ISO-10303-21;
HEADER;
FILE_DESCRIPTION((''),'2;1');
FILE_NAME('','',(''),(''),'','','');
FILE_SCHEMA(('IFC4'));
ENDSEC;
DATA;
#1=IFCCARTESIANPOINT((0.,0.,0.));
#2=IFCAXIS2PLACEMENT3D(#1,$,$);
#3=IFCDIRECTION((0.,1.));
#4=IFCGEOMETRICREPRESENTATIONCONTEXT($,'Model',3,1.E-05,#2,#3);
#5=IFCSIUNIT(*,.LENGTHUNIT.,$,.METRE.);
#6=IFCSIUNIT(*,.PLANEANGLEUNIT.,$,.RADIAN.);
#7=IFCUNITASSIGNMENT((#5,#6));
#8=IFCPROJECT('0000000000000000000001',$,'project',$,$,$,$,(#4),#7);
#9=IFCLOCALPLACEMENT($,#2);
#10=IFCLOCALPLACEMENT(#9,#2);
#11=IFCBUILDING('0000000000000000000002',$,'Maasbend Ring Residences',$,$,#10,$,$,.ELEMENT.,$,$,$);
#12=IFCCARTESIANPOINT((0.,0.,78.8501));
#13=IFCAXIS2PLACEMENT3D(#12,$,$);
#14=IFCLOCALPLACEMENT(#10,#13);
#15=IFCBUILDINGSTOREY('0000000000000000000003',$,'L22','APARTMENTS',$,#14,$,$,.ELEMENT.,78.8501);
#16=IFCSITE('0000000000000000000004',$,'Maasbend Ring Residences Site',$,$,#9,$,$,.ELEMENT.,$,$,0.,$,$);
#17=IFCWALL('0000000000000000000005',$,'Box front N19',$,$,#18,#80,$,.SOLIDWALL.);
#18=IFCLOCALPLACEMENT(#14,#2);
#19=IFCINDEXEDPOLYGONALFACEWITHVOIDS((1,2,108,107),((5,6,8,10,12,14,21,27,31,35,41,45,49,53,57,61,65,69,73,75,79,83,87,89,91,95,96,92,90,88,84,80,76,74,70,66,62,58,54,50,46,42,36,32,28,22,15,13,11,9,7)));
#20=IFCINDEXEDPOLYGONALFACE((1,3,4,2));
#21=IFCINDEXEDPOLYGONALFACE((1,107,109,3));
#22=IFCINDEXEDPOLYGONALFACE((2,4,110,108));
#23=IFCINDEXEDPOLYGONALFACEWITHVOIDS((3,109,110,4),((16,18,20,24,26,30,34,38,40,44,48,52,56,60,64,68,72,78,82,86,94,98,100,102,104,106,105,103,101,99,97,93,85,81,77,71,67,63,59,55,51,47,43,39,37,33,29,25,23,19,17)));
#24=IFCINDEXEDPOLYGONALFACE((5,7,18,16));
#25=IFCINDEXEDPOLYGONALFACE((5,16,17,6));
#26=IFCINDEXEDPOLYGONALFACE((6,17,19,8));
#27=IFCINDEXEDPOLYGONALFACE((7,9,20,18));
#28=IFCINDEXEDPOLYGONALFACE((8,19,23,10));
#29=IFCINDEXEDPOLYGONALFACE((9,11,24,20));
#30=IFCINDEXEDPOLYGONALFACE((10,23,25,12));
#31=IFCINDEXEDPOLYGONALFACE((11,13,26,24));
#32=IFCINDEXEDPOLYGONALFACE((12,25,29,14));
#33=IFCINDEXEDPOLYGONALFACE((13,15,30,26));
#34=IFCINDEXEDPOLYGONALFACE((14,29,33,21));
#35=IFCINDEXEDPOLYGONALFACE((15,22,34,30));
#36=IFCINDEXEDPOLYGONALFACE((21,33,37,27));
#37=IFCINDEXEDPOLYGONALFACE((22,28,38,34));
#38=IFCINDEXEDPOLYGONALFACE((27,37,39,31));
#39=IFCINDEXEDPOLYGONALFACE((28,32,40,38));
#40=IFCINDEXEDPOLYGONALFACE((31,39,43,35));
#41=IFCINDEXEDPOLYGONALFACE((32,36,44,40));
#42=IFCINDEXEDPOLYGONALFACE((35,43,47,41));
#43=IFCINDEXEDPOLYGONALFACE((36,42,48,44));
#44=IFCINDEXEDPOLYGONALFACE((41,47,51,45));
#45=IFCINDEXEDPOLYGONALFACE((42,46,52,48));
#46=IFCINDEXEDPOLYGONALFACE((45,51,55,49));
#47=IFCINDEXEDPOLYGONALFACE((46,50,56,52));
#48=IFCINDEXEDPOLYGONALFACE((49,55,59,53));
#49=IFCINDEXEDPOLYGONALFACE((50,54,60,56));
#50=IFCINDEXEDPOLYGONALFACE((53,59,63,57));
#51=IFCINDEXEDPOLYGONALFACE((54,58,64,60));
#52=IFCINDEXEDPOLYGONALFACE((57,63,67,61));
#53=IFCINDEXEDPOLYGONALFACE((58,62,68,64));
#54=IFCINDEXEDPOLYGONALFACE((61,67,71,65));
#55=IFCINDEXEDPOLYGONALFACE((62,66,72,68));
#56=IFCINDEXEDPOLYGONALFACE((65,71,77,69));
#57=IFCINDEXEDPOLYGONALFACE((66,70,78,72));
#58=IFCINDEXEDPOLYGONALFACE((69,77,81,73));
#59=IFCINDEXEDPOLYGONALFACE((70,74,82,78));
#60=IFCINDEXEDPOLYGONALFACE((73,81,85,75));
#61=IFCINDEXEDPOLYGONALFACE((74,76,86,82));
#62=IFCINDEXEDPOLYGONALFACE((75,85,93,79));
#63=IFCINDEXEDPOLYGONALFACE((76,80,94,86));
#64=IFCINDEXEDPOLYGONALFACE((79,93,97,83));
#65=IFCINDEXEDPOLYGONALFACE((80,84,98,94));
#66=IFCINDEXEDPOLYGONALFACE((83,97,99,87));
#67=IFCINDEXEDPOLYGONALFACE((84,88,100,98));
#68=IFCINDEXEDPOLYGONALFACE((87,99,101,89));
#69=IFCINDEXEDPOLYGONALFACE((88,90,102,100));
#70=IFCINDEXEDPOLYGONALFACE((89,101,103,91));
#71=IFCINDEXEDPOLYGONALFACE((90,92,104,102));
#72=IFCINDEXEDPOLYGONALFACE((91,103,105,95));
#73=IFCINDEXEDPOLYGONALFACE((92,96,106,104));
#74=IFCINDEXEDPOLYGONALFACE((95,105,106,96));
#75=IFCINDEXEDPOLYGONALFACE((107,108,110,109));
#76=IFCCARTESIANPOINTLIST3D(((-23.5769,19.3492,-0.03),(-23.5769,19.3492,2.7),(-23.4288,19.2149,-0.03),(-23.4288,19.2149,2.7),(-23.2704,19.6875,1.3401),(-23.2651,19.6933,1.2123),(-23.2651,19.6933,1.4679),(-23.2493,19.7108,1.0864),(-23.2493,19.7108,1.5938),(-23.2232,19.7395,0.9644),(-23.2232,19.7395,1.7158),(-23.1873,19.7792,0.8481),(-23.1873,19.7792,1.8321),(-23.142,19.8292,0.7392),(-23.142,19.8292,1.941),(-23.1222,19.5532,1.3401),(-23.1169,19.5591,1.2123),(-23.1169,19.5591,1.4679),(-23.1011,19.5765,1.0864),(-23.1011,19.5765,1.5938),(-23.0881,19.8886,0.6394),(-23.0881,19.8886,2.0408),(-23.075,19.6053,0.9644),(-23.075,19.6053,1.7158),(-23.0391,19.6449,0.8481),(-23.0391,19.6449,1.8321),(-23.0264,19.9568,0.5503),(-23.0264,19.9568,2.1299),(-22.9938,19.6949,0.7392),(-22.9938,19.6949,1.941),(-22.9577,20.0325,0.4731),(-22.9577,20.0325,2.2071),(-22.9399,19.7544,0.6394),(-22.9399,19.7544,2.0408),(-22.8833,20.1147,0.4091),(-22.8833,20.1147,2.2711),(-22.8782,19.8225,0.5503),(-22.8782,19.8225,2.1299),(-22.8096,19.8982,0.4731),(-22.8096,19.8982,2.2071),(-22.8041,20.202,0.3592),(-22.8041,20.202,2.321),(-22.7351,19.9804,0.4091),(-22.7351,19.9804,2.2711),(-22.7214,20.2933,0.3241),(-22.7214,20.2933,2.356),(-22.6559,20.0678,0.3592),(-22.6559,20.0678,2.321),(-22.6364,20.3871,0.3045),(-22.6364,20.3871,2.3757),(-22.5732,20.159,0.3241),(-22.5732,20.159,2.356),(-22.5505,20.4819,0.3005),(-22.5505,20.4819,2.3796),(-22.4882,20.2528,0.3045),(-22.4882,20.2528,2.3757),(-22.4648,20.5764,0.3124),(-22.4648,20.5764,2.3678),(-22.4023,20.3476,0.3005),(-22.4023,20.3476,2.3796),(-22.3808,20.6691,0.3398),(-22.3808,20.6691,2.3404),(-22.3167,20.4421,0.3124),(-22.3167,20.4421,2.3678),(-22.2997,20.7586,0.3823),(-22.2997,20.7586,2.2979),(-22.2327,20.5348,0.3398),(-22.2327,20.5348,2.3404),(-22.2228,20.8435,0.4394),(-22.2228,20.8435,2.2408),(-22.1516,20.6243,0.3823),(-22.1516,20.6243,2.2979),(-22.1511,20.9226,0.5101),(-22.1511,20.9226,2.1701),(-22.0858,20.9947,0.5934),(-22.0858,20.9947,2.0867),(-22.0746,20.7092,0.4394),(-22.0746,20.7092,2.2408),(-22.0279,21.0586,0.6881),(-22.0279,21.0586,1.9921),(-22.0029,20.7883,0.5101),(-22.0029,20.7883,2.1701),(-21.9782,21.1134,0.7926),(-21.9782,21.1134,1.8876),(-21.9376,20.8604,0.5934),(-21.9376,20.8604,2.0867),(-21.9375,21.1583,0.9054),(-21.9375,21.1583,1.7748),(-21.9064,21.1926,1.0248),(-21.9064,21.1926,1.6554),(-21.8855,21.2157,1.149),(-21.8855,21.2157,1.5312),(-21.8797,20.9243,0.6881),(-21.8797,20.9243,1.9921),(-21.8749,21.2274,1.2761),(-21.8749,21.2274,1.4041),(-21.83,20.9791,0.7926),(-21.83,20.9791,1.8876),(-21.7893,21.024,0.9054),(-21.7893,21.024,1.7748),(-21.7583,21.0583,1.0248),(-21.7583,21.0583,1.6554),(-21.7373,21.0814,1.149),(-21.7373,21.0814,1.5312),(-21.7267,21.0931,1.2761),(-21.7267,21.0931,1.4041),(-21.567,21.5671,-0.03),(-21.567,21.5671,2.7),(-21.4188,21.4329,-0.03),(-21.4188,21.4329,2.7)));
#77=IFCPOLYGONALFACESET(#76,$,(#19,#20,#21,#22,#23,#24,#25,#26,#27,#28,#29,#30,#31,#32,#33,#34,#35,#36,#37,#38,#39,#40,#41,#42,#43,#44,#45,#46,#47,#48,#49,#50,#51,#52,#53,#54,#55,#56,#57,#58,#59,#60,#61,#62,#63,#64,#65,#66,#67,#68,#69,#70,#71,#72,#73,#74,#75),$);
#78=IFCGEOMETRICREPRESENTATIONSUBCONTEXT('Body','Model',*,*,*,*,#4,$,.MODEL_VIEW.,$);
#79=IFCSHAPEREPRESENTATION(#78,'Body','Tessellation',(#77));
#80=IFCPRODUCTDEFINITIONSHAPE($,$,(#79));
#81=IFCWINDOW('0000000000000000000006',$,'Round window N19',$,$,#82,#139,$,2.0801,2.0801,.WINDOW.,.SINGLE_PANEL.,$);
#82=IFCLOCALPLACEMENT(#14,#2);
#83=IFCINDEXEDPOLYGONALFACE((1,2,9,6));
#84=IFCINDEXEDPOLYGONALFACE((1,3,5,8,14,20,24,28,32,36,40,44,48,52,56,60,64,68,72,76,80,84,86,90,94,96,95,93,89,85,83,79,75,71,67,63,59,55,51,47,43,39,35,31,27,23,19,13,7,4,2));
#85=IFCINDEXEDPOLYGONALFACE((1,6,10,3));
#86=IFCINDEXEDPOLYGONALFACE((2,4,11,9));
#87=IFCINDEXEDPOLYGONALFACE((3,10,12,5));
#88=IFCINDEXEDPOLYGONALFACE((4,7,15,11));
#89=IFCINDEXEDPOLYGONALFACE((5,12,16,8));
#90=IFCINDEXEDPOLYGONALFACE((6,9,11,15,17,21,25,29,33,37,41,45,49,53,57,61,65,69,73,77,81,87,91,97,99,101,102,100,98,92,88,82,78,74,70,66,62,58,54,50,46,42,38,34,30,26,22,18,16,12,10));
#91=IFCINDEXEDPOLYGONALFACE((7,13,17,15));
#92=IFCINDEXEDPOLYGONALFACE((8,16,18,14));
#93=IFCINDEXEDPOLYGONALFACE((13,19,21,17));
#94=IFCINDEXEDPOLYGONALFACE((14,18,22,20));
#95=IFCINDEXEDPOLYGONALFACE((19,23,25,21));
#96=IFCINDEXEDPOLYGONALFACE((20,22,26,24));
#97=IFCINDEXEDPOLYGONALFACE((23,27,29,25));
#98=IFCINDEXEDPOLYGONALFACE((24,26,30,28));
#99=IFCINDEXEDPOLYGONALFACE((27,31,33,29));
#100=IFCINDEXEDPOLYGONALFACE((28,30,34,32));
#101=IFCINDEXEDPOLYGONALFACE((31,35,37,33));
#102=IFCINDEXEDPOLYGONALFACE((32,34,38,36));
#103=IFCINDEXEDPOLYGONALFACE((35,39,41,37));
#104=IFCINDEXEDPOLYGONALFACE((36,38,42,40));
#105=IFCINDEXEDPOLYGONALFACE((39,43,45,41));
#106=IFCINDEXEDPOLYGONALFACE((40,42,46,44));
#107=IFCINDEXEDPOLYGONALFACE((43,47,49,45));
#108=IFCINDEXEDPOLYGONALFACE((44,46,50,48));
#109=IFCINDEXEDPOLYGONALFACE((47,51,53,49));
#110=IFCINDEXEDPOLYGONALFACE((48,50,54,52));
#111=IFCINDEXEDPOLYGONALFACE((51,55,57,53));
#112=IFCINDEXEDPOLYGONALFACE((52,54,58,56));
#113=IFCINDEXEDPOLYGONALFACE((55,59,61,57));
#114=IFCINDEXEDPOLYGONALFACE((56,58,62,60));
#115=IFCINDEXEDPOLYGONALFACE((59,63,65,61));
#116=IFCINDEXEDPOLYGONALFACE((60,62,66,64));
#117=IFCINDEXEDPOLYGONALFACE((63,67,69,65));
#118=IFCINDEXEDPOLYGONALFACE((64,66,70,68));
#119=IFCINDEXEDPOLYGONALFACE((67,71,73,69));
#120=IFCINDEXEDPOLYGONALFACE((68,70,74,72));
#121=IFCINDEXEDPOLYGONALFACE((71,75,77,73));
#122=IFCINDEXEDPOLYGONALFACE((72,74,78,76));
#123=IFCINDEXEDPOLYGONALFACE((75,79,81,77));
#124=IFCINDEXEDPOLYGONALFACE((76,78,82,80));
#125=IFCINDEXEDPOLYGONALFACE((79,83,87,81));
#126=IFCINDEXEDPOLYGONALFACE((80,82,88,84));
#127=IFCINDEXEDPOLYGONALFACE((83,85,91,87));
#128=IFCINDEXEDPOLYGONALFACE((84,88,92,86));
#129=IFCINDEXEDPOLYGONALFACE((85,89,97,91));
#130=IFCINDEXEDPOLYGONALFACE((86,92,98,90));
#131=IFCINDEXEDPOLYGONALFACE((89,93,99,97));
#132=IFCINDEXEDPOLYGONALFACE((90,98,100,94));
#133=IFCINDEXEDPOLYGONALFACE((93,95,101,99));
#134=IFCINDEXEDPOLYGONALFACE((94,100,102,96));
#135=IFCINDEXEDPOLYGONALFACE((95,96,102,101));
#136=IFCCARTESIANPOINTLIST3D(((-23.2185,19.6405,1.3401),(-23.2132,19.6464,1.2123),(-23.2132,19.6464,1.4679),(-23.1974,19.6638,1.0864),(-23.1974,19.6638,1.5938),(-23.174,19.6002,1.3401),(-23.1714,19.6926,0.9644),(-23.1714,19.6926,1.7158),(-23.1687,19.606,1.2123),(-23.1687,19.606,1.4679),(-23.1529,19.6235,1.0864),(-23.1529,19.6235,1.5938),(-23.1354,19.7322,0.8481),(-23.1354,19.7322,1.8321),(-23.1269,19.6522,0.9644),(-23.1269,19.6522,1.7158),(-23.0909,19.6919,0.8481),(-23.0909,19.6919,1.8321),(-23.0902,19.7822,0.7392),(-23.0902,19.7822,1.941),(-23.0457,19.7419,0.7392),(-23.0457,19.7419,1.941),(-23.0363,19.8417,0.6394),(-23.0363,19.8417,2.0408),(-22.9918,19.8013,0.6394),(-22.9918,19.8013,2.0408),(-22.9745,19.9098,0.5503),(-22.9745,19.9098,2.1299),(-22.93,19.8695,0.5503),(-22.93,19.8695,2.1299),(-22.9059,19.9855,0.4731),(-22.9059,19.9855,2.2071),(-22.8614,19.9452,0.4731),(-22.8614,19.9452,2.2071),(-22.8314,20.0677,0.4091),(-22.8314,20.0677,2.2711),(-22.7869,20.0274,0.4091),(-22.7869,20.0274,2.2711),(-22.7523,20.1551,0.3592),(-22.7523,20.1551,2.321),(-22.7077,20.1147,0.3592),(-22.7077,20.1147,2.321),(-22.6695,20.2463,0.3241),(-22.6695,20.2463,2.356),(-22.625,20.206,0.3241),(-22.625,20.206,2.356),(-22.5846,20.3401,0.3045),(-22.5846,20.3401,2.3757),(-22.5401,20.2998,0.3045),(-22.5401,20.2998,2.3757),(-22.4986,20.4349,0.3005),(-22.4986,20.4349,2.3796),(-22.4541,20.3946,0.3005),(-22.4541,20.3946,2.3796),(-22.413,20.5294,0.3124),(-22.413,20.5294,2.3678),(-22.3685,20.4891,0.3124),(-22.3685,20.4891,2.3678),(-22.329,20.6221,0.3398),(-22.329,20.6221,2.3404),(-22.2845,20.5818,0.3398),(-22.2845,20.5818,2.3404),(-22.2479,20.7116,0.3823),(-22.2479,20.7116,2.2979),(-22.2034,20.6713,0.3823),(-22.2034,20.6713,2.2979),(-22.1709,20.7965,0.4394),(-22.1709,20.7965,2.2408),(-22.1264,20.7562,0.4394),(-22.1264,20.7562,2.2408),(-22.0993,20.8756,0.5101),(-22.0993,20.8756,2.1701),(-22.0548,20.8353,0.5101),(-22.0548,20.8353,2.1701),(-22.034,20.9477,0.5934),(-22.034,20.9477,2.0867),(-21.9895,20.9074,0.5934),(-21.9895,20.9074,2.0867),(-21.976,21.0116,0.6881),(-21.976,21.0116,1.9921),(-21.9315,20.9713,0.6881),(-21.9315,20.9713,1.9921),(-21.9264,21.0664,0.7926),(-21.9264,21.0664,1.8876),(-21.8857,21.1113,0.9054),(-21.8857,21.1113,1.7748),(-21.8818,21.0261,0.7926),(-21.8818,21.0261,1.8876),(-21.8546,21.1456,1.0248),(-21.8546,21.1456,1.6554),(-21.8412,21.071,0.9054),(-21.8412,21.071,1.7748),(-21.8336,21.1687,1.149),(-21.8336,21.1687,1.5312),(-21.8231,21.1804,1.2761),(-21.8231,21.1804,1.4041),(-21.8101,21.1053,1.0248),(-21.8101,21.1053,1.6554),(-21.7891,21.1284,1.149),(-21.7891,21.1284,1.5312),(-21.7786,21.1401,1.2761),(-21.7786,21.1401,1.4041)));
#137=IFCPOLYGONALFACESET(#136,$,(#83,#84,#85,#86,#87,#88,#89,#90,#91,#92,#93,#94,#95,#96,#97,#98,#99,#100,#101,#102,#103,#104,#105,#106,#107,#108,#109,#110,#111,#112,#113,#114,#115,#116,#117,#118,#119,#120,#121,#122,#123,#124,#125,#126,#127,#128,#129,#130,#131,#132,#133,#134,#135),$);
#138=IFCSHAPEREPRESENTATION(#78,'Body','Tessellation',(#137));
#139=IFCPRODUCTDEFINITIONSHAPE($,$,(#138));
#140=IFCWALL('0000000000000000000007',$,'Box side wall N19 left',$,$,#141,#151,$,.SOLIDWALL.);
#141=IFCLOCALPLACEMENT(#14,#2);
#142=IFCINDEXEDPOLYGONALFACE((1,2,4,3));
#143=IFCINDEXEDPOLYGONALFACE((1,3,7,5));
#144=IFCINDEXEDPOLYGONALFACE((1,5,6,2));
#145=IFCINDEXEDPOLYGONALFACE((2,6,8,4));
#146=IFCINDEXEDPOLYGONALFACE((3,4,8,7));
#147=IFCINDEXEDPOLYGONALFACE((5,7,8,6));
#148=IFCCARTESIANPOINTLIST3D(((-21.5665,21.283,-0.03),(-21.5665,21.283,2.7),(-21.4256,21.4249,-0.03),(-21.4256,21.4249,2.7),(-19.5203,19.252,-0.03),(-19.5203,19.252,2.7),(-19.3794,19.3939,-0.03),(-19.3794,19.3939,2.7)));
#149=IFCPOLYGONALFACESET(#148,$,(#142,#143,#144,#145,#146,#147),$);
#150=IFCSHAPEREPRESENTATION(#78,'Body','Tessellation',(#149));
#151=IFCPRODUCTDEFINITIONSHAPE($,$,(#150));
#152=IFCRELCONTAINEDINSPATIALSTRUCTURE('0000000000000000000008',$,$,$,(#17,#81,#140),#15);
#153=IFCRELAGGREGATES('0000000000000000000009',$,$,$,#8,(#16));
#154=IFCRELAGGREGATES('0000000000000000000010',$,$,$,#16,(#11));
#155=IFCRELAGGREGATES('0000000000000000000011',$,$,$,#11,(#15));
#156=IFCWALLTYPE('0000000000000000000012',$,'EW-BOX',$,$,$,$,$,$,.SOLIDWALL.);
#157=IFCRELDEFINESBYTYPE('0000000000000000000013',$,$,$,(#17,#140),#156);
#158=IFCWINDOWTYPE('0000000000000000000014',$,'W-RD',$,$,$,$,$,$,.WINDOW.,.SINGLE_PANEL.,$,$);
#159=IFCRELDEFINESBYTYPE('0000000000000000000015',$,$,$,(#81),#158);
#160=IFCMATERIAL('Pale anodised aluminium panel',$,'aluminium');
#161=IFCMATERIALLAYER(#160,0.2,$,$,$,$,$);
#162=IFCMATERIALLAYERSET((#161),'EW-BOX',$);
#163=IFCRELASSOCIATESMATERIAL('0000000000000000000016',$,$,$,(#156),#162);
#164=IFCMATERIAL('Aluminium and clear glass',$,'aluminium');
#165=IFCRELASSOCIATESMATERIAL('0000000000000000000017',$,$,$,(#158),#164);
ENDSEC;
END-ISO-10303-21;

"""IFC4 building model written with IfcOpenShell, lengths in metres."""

from ifc_helpers import new_model, si_unit, direction, frame, frame_2d, origin, place, context, subcontext, project, spatial, rectangle, circle, extrude, material, layer, layer_set, type_object, element, fill, save


model = new_model("IFC4")

# Units and contexts
model_context = context("Model", 3, precision=1e-05, world=origin(), true_north=direction((0.0, 1.0)))
body_context = subcontext(model_context, "Body", "Model", "MODEL_VIEW")
ifc_project = project(units=[si_unit("LENGTHUNIT", "METRE"), si_unit("PLANEANGLEUNIT", "RADIAN")], contexts=[model_context])

# Site, building, storey
site_placement = place(None, origin())
site = spatial("IfcSite", under=ifc_project, at=site_placement, Name="Maasbend Ring Residences Site", CompositionType="ELEMENT", RefElevation=0.0)
building_placement = place(site_placement, origin())
building = spatial("IfcBuilding", under=site, at=building_placement, Name="Maasbend Ring Residences", CompositionType="ELEMENT")
storey_placement = place(building_placement, frame((0.0, 0.0, 78.8501)))
storey = spatial("IfcBuildingStorey", under=building, at=storey_placement, Name="L22", Description="APARTMENTS", CompositionType="ELEMENT", Elevation=78.8501)

# Shared definitions
ifc_material_1 = material(Name="Pale anodised aluminium panel", Category="aluminium")
ifc_layer_1 = layer(ifc_material_1, 0.2)
ifc_layer_set_1 = layer_set([ifc_layer_1], Name="EW-BOX")
wall_type_1 = type_object("IfcWallType", Name="EW-BOX", PredefinedType="SOLIDWALL", material=ifc_layer_set_1)
ifc_material_2 = material(Name="Aluminium and clear glass", Category="aluminium")
window_type_1 = type_object("IfcWindowType", Name="W-RD", PartitioningType="SINGLE_PANEL", PredefinedType="WINDOW", material=ifc_material_2)

# Wall, opening, window
wall_1_placement = place(storey_placement, frame((-21.4929, 21.5, -0.03), z_axis=(0.0, 0.0, 1.0), x_axis=(-0.671507, -0.740998, 0.0)))
wall_1 = element("IfcWall", 1, at=wall_1_placement, inside=storey, type_object=wall_type_1, Name="Box front N19", PredefinedType="SOLIDWALL", context=body_context, shape_type="SweptSolid", body=[
    extrude(rectangle(XDim=2.9932, YDim=0.2, at=frame_2d((1.4966, 0.0))), origin(), (0.0, 0.0, 1.0), 2.73),
])
opening_1_placement = place(wall_1_placement, frame((0.4565, 0.0, 0.3301)))
opening_1 = element("IfcOpeningElement", 2, at=opening_1_placement, cuts=wall_1, PredefinedType="OPENING", context=body_context, shape_type="SweptSolid", body=[
    extrude(circle(Radius=1.04, at=frame_2d((1.04, 1.04))), frame((0.0, 0.1099, 0.0), z_axis=(0.0, -1.0, 0.0), x_axis=(1.0, 0.0, 0.0)), (0.0, 0.0, 1.0), 0.22),
])
window_1_placement = place(opening_1_placement, origin())
window_1 = element("IfcWindow", 3, at=window_1_placement, inside=storey, type_object=window_type_1, Name="Round window N19", OverallHeight=2.0801, OverallWidth=2.0801, PartitioningType="SINGLE_PANEL", PredefinedType="WINDOW", context=body_context, shape_type="SweptSolid", body=[
    extrude(circle(Radius=1.04, at=frame_2d((1.04, 1.04))), frame((0.0, 0.03, 0.0), z_axis=(0.0, -1.0, 0.0), x_axis=(1.0, 0.0, 0.0)), (0.0, 0.0, 1.0), 0.0601),
])
fill(opening_1, window_1)

# Wall
wall_2_placement = place(storey_placement, frame((-19.45, 19.323, -0.03), z_axis=(0.0, 0.0, 1.0), x_axis=(-0.709727, 0.704477, 0.0)))
element("IfcWall", 4, at=wall_2_placement, inside=storey, type_object=wall_type_1, Name="Box side wall N19 left", PredefinedType="SOLIDWALL", context=body_context, shape_type="SweptSolid", body=[
    extrude(rectangle(XDim=2.8831, YDim=0.2, at=frame_2d((1.4414, 0.0))), origin(), (0.0, 0.0, 1.0), 2.73),
])

save(model, "model.ifc")
